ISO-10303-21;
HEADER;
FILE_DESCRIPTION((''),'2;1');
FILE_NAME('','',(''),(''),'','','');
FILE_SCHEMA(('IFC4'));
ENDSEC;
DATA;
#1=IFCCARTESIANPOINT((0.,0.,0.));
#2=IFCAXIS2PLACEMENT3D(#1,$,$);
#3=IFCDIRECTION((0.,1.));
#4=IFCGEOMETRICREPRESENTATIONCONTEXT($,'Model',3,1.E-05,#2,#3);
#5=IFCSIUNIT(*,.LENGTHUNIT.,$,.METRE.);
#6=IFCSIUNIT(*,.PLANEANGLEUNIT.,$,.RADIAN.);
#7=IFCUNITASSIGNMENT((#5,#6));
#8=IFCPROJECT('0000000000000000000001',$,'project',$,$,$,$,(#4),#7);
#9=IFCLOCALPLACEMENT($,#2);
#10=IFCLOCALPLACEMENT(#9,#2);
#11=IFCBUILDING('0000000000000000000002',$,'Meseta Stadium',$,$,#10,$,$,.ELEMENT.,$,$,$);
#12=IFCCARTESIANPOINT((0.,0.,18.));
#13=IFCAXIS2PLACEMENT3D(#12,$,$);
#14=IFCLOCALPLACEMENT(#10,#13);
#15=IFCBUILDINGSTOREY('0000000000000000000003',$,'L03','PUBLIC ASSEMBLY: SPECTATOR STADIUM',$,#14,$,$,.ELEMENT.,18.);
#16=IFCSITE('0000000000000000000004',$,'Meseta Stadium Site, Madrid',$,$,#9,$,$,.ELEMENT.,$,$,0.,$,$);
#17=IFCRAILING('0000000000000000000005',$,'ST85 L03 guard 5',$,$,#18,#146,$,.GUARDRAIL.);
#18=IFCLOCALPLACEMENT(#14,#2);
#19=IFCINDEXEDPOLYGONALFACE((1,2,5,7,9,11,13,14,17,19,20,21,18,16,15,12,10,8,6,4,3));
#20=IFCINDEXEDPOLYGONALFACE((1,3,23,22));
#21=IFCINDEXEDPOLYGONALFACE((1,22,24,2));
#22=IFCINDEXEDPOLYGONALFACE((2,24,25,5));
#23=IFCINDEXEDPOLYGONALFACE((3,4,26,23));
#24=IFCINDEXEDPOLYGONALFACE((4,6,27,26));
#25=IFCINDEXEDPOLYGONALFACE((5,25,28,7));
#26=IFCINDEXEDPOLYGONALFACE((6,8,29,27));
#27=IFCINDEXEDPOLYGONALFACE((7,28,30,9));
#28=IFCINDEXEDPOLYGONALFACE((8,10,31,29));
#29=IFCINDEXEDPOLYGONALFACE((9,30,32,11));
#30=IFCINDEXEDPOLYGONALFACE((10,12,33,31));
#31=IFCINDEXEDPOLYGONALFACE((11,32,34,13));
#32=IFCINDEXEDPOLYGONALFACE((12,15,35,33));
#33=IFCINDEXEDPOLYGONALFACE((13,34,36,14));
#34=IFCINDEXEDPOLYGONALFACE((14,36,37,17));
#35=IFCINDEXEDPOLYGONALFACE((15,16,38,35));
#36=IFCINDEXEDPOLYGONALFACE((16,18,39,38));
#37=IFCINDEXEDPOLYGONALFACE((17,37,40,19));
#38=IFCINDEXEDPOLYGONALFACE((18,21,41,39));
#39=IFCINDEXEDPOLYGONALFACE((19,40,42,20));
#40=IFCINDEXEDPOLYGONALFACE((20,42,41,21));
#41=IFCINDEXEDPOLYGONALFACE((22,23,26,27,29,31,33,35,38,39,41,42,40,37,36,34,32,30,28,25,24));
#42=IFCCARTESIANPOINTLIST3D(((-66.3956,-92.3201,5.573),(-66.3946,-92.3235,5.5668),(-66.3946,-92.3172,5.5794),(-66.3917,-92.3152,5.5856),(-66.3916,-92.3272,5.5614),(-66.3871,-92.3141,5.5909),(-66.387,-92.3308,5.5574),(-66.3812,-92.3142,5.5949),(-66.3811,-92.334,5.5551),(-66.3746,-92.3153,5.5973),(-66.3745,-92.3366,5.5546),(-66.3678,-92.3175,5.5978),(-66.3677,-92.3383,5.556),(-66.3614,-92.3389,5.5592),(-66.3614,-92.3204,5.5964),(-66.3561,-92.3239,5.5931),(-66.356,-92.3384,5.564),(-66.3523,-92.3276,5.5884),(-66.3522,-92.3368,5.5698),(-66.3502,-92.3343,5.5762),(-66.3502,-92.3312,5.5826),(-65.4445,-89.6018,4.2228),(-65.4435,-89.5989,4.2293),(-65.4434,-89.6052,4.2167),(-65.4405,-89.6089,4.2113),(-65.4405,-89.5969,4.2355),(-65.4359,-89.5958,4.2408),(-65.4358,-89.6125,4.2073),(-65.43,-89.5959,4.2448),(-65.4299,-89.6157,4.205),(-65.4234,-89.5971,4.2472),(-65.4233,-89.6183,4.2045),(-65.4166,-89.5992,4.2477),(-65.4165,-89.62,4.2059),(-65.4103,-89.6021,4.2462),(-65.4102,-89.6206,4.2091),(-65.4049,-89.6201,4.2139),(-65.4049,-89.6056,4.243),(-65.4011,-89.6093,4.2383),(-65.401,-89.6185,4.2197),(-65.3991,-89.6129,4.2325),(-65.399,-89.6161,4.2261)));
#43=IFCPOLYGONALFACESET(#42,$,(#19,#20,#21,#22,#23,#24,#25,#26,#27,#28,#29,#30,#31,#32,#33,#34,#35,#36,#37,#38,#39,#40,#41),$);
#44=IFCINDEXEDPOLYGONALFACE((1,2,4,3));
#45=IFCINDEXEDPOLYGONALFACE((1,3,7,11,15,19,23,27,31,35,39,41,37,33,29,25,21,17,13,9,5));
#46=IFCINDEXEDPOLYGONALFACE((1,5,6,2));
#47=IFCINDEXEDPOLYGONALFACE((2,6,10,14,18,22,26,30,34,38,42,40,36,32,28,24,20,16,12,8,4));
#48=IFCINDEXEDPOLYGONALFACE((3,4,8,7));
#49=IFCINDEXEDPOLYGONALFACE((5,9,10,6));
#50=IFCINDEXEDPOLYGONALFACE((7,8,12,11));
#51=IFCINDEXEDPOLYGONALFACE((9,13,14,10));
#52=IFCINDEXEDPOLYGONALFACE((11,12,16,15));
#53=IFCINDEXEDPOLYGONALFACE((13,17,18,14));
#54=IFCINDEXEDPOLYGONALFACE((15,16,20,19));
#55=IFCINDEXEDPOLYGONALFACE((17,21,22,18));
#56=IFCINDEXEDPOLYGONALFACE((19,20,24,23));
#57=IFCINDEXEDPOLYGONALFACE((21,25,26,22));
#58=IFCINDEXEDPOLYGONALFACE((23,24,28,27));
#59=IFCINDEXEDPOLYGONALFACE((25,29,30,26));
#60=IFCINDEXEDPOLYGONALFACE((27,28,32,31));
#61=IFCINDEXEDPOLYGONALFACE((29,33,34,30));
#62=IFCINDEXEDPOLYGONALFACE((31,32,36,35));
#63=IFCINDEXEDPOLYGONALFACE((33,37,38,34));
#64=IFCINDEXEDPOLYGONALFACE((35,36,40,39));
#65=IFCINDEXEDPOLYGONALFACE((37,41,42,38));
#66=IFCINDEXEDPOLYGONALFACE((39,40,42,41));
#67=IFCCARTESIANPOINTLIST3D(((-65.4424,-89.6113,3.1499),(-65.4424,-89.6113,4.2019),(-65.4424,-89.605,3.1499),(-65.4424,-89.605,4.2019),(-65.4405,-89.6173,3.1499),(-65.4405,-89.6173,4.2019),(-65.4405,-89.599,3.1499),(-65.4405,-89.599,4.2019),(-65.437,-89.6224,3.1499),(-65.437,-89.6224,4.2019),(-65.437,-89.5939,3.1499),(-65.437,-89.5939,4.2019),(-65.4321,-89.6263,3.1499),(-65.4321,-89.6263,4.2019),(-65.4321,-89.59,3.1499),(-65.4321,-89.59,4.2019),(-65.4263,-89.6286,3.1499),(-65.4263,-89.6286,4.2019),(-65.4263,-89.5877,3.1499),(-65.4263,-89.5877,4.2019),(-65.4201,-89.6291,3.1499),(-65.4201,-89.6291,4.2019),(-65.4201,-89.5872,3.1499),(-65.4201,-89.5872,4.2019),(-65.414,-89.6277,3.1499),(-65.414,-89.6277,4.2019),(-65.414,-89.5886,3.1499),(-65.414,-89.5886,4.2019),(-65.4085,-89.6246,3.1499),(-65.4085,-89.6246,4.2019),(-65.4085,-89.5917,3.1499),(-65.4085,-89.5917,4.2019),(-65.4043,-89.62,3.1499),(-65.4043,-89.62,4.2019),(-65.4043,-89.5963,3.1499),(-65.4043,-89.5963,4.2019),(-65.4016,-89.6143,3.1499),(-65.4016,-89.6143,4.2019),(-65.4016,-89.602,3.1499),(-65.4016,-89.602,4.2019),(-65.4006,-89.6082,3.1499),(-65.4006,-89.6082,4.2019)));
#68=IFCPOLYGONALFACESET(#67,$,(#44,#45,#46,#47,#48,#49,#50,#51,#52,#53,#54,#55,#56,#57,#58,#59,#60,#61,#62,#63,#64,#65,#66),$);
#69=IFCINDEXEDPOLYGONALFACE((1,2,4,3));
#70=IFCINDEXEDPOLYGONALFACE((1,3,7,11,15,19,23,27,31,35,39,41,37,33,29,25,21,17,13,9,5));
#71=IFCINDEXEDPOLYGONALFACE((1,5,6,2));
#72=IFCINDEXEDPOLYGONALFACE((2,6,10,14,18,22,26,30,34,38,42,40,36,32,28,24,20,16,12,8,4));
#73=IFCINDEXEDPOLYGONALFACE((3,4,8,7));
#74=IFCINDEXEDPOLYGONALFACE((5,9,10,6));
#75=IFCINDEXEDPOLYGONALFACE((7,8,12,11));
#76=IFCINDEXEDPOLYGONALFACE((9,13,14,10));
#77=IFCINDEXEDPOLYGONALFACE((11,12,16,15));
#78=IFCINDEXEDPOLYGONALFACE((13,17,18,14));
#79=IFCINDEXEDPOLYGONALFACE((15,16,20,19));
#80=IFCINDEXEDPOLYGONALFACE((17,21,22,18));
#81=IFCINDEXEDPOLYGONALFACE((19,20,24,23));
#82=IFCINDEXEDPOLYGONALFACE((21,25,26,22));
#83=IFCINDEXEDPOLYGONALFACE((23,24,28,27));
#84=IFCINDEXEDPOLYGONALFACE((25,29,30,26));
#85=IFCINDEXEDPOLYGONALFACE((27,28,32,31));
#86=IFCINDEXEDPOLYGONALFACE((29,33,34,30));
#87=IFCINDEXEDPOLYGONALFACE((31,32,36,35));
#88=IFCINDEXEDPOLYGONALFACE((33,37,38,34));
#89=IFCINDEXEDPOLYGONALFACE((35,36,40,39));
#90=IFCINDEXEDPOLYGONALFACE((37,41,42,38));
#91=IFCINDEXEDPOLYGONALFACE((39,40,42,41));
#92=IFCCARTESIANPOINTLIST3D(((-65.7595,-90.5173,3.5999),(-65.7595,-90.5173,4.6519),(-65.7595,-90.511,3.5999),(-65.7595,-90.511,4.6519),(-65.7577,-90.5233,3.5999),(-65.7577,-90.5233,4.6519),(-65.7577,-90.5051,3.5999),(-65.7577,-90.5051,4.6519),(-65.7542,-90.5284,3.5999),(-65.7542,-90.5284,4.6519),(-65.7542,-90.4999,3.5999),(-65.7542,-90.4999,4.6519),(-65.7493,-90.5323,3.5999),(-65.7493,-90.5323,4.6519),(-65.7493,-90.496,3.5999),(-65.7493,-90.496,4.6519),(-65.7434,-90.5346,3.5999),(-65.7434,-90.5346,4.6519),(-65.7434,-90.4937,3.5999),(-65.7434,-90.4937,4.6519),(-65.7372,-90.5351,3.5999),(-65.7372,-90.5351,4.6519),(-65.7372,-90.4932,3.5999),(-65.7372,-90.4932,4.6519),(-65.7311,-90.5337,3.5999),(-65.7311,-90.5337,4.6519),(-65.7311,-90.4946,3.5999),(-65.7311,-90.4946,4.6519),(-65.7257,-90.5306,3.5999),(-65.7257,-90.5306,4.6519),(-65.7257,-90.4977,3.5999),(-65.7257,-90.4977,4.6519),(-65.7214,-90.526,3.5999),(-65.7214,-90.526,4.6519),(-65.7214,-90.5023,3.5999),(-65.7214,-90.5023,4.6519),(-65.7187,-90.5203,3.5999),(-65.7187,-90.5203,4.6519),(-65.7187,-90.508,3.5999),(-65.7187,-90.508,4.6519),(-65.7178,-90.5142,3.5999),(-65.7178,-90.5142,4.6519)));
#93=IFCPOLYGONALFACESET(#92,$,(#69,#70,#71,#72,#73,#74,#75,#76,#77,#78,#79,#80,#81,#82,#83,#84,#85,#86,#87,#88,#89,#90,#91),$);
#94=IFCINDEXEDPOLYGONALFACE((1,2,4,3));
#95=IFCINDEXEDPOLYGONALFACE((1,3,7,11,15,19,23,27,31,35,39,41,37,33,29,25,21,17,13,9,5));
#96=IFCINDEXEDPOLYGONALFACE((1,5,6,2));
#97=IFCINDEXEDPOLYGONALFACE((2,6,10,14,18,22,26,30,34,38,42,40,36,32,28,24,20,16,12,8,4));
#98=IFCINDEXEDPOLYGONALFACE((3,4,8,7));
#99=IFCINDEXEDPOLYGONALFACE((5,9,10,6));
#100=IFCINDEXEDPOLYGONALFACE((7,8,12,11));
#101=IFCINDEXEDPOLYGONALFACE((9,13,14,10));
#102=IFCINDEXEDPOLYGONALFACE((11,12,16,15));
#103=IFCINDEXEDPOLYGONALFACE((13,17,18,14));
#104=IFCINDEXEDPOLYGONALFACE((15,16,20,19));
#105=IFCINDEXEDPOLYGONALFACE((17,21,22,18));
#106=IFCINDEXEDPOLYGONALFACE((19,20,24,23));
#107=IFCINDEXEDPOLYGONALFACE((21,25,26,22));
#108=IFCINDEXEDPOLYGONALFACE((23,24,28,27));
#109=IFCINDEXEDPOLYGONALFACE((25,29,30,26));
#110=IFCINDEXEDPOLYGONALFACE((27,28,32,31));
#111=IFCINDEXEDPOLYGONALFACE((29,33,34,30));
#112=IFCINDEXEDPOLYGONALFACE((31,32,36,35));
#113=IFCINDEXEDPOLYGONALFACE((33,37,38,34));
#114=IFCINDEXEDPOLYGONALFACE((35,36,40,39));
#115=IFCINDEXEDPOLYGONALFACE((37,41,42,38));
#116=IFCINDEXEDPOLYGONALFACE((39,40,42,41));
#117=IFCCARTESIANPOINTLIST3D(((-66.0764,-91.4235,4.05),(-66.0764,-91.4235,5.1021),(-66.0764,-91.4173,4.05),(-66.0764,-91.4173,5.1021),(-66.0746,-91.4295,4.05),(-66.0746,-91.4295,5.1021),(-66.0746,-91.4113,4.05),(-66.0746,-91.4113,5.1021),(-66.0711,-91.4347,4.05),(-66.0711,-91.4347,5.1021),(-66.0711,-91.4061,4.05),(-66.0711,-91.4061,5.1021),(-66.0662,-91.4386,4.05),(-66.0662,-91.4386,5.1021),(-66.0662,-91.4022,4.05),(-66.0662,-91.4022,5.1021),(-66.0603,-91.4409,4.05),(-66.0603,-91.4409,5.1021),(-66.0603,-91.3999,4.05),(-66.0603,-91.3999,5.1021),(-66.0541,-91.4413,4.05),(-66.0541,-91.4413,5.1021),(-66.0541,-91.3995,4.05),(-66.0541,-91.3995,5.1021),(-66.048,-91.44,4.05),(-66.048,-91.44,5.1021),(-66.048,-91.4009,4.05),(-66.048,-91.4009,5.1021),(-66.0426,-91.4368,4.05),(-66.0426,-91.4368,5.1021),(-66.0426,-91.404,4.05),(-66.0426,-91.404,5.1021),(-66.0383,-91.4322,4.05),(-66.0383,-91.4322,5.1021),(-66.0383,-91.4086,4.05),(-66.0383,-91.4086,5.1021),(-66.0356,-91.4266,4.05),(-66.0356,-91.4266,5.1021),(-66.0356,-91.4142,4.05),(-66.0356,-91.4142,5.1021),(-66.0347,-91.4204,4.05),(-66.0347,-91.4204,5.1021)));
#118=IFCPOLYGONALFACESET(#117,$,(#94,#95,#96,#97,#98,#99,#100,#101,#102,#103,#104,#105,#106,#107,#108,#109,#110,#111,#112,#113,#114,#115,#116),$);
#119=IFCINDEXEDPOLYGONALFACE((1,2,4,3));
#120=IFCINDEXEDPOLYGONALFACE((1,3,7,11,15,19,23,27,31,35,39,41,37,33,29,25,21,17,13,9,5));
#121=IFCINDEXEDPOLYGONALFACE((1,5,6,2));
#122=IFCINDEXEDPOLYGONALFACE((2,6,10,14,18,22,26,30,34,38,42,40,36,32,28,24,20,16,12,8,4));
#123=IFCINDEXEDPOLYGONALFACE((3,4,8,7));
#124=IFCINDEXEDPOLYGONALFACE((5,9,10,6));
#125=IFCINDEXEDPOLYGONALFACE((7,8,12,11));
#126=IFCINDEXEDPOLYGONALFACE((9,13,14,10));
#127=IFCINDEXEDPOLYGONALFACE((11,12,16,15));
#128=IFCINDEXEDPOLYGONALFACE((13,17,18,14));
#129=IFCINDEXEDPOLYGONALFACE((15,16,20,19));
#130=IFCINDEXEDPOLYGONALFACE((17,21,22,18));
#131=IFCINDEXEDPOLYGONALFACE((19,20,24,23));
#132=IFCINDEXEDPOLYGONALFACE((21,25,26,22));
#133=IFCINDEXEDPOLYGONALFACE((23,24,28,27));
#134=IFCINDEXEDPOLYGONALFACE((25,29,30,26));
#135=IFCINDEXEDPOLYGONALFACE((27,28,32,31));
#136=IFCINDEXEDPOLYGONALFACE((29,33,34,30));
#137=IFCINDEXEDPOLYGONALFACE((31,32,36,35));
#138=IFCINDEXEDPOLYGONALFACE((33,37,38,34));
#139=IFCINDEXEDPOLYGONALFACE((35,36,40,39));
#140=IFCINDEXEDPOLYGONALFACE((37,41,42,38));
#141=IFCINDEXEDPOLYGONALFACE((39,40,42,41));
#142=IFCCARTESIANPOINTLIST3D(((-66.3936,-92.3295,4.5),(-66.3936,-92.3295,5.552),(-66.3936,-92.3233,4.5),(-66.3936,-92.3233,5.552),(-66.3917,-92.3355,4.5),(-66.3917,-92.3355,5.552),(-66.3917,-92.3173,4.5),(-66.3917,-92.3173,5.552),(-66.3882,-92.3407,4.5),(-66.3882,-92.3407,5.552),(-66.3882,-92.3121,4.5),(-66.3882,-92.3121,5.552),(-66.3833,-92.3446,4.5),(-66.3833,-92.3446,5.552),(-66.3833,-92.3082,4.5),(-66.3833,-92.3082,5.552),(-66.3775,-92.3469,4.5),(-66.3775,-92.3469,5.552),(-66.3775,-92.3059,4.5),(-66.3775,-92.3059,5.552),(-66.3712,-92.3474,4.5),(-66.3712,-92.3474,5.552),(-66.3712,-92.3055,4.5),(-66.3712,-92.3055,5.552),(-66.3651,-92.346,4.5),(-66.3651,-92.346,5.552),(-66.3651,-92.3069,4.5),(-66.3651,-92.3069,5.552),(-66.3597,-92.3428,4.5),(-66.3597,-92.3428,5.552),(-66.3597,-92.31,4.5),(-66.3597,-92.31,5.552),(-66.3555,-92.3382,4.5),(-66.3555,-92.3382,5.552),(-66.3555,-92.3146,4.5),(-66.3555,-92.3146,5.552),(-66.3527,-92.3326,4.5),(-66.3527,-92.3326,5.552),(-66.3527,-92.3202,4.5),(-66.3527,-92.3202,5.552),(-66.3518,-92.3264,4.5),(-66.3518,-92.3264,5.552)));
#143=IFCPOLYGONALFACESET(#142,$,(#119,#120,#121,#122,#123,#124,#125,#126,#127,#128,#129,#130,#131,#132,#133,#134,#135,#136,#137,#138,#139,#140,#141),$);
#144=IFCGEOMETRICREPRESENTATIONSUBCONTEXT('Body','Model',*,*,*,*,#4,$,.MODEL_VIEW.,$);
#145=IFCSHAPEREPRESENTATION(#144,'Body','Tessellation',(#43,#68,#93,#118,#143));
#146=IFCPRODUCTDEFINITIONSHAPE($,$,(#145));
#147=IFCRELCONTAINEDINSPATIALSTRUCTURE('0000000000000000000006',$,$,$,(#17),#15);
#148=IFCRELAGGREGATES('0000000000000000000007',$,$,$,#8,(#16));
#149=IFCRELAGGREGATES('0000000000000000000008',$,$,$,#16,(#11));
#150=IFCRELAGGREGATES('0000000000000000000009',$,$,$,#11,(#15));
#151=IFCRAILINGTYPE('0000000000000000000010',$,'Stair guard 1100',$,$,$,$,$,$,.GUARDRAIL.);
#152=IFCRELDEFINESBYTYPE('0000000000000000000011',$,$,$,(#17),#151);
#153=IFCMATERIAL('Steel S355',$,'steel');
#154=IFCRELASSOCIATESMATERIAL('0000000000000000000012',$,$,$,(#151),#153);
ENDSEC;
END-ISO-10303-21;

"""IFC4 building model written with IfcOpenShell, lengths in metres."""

from ifc_helpers import new_model, si_unit, direction, frame, origin, origin_2d, place, context, subcontext, project, spatial, circle, extrude, material, type_object, element, save


model = new_model("IFC4")

# Units and contexts
model_context = context("Model", 3, precision=1e-05, world=origin(), true_north=direction((0.0, 1.0)))
body_context = subcontext(model_context, "Body", "Model", "MODEL_VIEW")
ifc_project = project(units=[si_unit("LENGTHUNIT", "METRE"), si_unit("PLANEANGLEUNIT", "RADIAN")], contexts=[model_context])

# Site, building, storey
site_placement = place(None, origin())
site = spatial("IfcSite", under=ifc_project, at=site_placement, Name="Meseta Stadium Site, Madrid", CompositionType="ELEMENT", RefElevation=0.0)
building_placement = place(site_placement, origin())
building = spatial("IfcBuilding", under=site, at=building_placement, Name="Meseta Stadium", CompositionType="ELEMENT")
storey_placement = place(building_placement, frame((0.0, 0.0, 18.0)))
storey = spatial("IfcBuildingStorey", under=building, at=storey_placement, Name="L03", Description="PUBLIC ASSEMBLY: SPECTATOR STADIUM", CompositionType="ELEMENT", Elevation=18.0)

# Railing
ifc_material_1 = material(Name="Steel S355", Category="steel")
railing_type_1 = type_object("IfcRailingType", Name="Stair guard 1100", PredefinedType="GUARDRAIL", material=ifc_material_1)
railing_1_placement = place(storey_placement, frame((-65.4216, -89.6082, 3.1499)))
element("IfcRailing", 1, at=railing_1_placement, inside=storey, type_object=railing_type_1, Name="ST85 L03 guard 5", PredefinedType="GUARDRAIL", context=body_context, shape_type="SweptSolid", body=[
    extrude(circle(Radius=0.0239, at=origin_2d()), frame((0.0, 0.0, 1.0762), z_axis=(-0.299051, -0.854629, 0.424474), x_axis=(0.943882, -0.330282, 0.0)), (0.0, 0.0, 1.0), 3.1807),
    extrude(circle(Radius=0.021, at=origin_2d()), origin(), (0.0, 0.0, 1.0), 1.052),
    extrude(circle(Radius=0.021, at=origin_2d()), frame((-0.3171, -0.906, 0.45)), (0.0, 0.0, 1.0), 1.052),
    extrude(circle(Radius=0.021, at=origin_2d()), frame((-0.634, -1.8123, 0.9001)), (0.0, 0.0, 1.0), 1.052),
    extrude(circle(Radius=0.021, at=origin_2d()), frame((-0.9512, -2.7183, 1.3501)), (0.0, 0.0, 1.0), 1.052),
])

save(model, "model.ifc")
